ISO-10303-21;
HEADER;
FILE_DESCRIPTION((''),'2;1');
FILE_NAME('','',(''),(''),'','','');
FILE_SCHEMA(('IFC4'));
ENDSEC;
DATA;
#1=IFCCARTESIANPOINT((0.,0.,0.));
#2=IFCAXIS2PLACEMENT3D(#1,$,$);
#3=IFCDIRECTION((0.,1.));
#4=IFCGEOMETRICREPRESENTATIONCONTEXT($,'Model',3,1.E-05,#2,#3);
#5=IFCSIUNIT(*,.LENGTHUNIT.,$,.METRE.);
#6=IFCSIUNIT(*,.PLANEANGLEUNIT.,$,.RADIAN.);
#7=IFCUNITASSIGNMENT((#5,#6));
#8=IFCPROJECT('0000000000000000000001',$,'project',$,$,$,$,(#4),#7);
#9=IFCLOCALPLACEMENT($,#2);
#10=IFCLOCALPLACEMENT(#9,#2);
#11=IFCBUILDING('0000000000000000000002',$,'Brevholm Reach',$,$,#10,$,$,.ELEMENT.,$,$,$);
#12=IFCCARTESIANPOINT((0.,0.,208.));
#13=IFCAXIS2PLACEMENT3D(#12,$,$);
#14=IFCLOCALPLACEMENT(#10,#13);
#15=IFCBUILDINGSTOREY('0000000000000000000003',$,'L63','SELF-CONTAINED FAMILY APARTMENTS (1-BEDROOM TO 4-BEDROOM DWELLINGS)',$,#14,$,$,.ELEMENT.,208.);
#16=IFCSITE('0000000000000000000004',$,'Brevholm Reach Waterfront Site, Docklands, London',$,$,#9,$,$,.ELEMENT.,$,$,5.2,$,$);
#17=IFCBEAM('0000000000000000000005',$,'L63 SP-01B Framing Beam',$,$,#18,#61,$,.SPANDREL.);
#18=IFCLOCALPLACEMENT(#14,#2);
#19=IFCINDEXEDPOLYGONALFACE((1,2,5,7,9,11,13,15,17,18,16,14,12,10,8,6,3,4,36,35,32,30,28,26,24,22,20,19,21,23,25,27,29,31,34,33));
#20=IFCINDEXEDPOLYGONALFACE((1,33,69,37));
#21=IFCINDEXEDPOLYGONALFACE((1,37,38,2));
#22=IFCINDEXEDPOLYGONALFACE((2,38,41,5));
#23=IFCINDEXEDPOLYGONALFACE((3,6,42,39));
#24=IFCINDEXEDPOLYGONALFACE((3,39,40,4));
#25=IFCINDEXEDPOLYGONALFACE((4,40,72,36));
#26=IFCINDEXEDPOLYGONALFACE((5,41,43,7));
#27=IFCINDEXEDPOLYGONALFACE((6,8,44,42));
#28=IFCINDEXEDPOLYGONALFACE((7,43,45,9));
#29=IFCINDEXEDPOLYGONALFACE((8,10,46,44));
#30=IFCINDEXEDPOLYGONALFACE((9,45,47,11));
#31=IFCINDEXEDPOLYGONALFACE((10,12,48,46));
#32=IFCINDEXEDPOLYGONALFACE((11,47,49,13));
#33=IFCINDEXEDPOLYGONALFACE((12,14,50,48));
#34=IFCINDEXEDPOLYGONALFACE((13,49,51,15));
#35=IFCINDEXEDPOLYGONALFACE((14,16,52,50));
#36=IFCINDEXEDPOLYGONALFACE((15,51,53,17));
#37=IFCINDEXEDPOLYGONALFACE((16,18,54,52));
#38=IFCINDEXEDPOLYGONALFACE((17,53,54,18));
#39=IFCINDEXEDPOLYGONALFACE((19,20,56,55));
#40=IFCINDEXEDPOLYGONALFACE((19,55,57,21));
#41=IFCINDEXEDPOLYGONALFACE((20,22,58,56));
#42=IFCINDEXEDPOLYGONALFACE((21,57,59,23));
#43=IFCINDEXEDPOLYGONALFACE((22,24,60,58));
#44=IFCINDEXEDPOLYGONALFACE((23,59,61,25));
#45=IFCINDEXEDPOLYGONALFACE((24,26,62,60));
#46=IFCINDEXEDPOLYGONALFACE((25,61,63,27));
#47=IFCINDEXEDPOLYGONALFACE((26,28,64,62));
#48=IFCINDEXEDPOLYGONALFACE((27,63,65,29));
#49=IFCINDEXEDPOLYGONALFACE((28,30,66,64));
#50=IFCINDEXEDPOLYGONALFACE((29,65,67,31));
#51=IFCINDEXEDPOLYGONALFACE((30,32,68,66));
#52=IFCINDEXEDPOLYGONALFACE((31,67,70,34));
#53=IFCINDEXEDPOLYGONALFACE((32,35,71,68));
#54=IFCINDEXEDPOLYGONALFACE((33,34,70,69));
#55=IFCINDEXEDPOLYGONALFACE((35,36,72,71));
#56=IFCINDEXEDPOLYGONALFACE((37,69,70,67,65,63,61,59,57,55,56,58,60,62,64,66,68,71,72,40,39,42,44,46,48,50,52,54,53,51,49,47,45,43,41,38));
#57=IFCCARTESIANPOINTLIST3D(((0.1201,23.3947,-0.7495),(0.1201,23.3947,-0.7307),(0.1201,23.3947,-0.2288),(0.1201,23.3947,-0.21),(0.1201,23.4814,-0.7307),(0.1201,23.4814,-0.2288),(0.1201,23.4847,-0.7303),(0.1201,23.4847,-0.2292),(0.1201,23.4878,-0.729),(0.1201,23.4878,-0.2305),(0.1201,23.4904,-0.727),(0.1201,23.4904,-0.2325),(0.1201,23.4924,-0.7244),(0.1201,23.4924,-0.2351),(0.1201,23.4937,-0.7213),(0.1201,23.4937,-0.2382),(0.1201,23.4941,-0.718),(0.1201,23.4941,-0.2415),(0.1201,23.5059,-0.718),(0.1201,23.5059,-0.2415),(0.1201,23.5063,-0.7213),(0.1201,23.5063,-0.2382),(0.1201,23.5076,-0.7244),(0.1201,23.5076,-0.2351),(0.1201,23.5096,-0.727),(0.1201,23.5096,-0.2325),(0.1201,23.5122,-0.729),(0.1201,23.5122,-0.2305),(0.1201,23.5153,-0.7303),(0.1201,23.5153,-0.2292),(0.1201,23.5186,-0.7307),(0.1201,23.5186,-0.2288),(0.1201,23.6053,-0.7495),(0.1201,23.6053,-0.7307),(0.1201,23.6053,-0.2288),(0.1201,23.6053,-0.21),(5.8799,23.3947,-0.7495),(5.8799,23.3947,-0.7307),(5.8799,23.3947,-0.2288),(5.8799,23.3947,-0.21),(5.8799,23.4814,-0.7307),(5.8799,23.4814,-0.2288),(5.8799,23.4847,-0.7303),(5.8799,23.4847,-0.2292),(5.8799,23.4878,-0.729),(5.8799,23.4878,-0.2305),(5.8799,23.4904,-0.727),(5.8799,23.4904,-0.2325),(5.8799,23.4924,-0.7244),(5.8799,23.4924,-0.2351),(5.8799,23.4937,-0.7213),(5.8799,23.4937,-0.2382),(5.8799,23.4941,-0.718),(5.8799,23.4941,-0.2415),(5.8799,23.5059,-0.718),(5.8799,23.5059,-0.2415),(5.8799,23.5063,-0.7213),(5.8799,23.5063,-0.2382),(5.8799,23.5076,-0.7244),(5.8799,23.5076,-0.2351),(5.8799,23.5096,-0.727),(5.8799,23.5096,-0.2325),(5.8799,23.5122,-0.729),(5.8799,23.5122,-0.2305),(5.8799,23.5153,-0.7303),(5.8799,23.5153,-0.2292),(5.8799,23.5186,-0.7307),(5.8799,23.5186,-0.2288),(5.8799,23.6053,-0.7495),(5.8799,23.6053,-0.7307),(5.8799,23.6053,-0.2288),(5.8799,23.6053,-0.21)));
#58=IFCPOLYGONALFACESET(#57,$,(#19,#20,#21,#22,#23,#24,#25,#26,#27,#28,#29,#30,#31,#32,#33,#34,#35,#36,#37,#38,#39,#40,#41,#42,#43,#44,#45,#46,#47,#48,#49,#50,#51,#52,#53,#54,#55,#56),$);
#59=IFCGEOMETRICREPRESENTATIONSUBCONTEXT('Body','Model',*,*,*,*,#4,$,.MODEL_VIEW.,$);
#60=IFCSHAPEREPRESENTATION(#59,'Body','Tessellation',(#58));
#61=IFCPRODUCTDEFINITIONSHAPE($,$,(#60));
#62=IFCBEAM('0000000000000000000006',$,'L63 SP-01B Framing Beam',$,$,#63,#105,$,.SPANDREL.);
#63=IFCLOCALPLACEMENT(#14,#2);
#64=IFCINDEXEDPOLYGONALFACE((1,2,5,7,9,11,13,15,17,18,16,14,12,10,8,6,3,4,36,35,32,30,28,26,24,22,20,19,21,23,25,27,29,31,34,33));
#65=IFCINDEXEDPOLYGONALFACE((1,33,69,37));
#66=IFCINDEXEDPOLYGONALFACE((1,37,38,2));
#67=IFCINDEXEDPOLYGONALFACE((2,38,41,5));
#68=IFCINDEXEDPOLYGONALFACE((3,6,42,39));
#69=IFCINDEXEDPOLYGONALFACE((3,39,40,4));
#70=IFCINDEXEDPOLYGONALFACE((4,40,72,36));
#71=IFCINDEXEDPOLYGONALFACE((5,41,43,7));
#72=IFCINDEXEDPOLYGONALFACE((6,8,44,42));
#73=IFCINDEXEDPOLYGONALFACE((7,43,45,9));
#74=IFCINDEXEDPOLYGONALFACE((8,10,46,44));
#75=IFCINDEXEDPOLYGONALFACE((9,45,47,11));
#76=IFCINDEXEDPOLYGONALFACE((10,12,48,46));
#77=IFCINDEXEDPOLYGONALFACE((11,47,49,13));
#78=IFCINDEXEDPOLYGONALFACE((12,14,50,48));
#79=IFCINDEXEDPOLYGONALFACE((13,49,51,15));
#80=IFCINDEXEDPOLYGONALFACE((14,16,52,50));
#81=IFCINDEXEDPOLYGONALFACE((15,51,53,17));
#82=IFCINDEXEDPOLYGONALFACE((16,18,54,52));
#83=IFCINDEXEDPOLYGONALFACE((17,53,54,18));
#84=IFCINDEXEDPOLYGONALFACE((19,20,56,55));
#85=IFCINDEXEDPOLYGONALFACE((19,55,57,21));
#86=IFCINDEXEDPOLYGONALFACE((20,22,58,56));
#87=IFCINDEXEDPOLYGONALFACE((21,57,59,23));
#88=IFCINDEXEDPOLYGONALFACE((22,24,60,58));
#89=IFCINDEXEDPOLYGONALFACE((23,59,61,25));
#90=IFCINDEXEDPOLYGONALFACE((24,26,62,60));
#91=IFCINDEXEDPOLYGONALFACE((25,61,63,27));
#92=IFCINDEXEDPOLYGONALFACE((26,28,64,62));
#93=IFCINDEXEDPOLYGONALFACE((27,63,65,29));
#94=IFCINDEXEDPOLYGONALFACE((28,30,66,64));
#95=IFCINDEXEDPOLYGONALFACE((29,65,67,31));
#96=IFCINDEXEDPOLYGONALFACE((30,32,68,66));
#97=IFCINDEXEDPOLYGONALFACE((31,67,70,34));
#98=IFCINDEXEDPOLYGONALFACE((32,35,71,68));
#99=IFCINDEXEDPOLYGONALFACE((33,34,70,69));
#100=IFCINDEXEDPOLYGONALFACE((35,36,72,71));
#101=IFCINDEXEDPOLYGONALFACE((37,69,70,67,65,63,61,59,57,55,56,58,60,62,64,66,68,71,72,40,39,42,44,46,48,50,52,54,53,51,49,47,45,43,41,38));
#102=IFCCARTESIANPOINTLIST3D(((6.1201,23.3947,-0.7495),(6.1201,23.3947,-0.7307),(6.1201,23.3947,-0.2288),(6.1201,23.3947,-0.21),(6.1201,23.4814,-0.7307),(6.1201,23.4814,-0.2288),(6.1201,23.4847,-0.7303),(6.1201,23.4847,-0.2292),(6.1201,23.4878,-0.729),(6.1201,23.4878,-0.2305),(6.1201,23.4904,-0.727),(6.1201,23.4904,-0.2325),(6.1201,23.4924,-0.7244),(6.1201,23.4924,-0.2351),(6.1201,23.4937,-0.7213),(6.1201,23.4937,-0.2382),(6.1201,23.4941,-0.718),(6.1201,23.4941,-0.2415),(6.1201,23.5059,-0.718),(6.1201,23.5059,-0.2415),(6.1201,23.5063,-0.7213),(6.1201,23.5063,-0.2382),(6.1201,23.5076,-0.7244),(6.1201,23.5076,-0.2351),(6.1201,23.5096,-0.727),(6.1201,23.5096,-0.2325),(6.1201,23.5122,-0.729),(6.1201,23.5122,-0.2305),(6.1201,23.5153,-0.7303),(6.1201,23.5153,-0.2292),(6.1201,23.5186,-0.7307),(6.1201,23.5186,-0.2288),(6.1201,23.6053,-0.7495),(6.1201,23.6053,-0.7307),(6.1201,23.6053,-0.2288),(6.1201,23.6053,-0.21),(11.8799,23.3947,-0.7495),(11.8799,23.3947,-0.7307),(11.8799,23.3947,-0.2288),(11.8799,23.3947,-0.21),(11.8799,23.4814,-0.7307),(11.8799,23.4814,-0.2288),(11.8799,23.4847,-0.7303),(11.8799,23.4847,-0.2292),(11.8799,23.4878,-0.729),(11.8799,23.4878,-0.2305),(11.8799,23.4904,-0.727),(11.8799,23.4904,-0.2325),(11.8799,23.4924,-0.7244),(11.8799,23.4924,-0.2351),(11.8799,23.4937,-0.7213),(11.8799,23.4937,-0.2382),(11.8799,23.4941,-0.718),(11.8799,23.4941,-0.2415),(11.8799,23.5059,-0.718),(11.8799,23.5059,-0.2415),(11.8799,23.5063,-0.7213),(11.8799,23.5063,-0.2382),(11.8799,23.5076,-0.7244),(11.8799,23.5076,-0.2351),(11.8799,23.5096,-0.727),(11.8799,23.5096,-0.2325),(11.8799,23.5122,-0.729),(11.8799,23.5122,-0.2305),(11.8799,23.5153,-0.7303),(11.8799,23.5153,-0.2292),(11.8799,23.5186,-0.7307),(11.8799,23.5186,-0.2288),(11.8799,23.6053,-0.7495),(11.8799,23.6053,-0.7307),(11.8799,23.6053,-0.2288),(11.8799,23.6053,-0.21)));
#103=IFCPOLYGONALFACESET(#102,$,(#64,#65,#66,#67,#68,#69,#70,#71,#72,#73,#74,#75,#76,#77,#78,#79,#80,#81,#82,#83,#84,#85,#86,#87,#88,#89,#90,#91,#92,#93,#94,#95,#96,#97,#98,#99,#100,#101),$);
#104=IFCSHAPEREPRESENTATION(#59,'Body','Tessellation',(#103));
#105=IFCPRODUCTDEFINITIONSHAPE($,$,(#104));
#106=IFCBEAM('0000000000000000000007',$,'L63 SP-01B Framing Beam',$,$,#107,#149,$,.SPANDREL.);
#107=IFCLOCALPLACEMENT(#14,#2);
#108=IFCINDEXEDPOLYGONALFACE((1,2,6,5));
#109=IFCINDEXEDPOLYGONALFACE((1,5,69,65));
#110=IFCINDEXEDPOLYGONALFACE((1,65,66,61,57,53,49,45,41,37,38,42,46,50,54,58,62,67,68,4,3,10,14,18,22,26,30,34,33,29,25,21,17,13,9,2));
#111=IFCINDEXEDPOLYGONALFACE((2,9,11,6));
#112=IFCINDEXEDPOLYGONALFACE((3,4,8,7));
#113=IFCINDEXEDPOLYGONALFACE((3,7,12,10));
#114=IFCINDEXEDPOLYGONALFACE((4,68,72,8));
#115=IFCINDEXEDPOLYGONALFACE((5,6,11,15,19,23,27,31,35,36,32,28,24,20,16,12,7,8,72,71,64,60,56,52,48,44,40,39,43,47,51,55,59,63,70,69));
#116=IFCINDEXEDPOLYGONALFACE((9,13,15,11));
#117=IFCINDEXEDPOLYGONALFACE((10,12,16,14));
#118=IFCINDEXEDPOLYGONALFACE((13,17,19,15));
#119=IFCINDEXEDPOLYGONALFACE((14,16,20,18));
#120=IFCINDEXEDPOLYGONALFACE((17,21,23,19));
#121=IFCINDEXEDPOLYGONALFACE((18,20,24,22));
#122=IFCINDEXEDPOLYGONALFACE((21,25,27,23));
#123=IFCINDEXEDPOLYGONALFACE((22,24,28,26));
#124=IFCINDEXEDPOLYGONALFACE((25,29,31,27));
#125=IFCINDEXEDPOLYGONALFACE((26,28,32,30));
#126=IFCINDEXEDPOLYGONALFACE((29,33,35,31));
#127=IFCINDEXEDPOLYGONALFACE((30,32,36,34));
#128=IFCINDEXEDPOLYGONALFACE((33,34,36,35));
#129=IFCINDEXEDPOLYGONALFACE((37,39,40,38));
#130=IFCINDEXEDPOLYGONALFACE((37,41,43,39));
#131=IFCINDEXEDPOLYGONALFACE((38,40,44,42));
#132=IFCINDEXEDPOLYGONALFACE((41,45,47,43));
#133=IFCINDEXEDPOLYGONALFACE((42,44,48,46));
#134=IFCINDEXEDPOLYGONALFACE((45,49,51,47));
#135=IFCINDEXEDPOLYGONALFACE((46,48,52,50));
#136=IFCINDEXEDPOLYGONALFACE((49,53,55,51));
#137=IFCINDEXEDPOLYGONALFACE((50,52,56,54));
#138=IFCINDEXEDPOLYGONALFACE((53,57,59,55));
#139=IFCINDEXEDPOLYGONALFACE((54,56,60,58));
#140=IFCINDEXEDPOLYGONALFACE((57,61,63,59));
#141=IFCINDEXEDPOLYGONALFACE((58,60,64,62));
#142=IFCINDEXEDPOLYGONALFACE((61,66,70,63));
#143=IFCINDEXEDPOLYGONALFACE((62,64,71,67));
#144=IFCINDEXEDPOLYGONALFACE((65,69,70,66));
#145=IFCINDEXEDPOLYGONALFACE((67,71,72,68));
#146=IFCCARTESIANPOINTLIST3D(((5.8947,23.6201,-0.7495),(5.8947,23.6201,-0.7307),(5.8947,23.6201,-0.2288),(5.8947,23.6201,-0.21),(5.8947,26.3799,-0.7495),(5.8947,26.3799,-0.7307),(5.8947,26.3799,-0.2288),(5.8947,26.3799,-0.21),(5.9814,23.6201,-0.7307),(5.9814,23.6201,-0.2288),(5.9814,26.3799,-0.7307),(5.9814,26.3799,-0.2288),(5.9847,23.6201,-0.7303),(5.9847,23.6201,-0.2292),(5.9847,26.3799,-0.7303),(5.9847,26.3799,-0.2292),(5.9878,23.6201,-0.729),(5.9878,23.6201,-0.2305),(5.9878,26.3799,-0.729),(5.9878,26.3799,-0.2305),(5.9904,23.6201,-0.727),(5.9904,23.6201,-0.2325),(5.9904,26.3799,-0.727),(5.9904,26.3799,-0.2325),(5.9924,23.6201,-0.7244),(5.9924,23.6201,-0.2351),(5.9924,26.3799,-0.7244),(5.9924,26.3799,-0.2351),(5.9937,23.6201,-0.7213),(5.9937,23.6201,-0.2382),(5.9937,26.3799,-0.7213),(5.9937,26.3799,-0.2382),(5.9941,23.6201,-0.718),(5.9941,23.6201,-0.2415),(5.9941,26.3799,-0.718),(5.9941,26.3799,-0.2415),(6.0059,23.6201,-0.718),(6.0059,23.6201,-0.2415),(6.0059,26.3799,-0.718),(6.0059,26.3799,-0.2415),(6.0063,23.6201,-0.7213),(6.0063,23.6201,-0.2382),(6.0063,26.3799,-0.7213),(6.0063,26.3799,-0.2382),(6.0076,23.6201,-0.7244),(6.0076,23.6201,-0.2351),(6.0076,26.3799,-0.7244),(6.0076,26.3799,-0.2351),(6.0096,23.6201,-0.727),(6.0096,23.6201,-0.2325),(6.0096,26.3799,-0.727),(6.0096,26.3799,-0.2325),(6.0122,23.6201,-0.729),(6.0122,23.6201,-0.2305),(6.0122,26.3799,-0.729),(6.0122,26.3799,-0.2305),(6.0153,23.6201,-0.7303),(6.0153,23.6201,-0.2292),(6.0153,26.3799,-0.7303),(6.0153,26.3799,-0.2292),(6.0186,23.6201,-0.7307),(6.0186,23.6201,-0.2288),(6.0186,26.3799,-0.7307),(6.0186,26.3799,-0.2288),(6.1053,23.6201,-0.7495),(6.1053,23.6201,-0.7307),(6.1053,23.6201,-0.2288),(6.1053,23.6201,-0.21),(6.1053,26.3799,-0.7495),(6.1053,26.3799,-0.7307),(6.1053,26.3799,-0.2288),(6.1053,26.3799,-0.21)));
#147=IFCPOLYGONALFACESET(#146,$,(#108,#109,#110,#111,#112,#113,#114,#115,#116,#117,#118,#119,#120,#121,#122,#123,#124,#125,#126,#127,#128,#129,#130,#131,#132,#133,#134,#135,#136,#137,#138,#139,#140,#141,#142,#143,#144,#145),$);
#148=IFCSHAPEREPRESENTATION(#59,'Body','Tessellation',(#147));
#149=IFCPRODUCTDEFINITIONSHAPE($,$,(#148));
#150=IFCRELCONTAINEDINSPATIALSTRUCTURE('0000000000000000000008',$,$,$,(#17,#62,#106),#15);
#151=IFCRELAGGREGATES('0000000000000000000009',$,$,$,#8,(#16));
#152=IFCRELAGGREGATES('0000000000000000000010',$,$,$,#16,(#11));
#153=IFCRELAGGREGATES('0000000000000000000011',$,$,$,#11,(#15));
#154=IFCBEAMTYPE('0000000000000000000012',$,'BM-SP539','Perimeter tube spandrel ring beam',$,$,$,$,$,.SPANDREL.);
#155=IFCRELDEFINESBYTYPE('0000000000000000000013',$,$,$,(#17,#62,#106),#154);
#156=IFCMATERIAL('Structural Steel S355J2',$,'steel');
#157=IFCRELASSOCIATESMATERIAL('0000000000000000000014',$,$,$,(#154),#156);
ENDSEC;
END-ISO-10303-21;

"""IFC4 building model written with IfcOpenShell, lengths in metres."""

from ifc_helpers import new_model, si_unit, direction, frame, origin, origin_2d, place, context, subcontext, project, spatial, i_section, extrude, material, material_profile, profile_set, type_object, element, save


model = new_model("IFC4")

# Units and contexts
model_context = context("Model", 3, precision=1e-05, world=origin(), true_north=direction((0.0, 1.0)))
body_context = subcontext(model_context, "Body", "Model", "MODEL_VIEW")
ifc_project = project(units=[si_unit("LENGTHUNIT", "METRE"), si_unit("PLANEANGLEUNIT", "RADIAN")], contexts=[model_context])

# Site, building, storey
site_placement = place(None, origin())
site = spatial("IfcSite", under=ifc_project, at=site_placement, Name="Brevholm Reach Waterfront Site, Docklands, London", CompositionType="ELEMENT", RefElevation=5.2)
building_placement = place(site_placement, origin())
building = spatial("IfcBuilding", under=site, at=building_placement, Name="Brevholm Reach", CompositionType="ELEMENT")
storey_placement = place(building_placement, frame((0.0, 0.0, 208.0)))
storey = spatial("IfcBuildingStorey", under=building, at=storey_placement, Name="L63", Description="SELF-CONTAINED FAMILY APARTMENTS (1-BEDROOM TO 4-BEDROOM DWELLINGS)", CompositionType="ELEMENT", Elevation=208.0)

# Beams
ifc_material_1 = material(Name="Structural Steel S355J2", Category="steel")
ifc_material_profile_1 = material_profile(ifc_material_1, i_section(OverallWidth=0.2107, OverallDepth=0.5396, WebThickness=0.0117, FlangeThickness=0.0188, FilletRadius=0.0127, at=origin_2d()), Name="UKB 533x210x109")
ifc_profile_set_1 = profile_set([ifc_material_profile_1], Name="Structural Steel S355J2")
beam_type_1 = type_object("IfcBeamType", Name="BM-SP539", Description="Perimeter tube spandrel ring beam", PredefinedType="SPANDREL", material=ifc_profile_set_1)
for number, where, z_axis, x_axis, name in (
    (1, (0.1201, 23.5, -0.4797), (1.0, 0.0, 0.0), (0.0, 1.0, 0.0), "L63 SP-01B Framing Beam"),
    (2, (6.1201, 23.5, -0.4797), (1.0, 0.0, 0.0), (0.0, 1.0, 0.0), "L63 SP-01B Framing Beam"),
):
    element("IfcBeam", number, at=place(storey_placement, frame(where, z_axis=z_axis, x_axis=x_axis)), inside=storey, type_object=beam_type_1, Name=name, PredefinedType="SPANDREL", context=body_context, shape_type="SweptSolid", body=[
        extrude(i_section(OverallWidth=0.2107, OverallDepth=0.5396, WebThickness=0.0117, FlangeThickness=0.0188, FilletRadius=0.0127, at=origin_2d()), origin(), (0.0, 0.0, 1.0), 5.7598),
    ])
beam_1_placement = place(storey_placement, frame((6.0, 23.6201, -0.4797), z_axis=(0.0, 1.0, 0.0), x_axis=(-1.0, 0.0, 0.0)))
element("IfcBeam", 3, at=beam_1_placement, inside=storey, type_object=beam_type_1, Name="L63 SP-01B Framing Beam", PredefinedType="SPANDREL", context=body_context, shape_type="SweptSolid", body=[
    extrude(i_section(OverallWidth=0.2107, OverallDepth=0.5396, WebThickness=0.0117, FlangeThickness=0.0188, FilletRadius=0.0127, at=origin_2d()), origin(), (0.0, 0.0, 1.0), 2.7598),
])

save(model, "model.ifc")
